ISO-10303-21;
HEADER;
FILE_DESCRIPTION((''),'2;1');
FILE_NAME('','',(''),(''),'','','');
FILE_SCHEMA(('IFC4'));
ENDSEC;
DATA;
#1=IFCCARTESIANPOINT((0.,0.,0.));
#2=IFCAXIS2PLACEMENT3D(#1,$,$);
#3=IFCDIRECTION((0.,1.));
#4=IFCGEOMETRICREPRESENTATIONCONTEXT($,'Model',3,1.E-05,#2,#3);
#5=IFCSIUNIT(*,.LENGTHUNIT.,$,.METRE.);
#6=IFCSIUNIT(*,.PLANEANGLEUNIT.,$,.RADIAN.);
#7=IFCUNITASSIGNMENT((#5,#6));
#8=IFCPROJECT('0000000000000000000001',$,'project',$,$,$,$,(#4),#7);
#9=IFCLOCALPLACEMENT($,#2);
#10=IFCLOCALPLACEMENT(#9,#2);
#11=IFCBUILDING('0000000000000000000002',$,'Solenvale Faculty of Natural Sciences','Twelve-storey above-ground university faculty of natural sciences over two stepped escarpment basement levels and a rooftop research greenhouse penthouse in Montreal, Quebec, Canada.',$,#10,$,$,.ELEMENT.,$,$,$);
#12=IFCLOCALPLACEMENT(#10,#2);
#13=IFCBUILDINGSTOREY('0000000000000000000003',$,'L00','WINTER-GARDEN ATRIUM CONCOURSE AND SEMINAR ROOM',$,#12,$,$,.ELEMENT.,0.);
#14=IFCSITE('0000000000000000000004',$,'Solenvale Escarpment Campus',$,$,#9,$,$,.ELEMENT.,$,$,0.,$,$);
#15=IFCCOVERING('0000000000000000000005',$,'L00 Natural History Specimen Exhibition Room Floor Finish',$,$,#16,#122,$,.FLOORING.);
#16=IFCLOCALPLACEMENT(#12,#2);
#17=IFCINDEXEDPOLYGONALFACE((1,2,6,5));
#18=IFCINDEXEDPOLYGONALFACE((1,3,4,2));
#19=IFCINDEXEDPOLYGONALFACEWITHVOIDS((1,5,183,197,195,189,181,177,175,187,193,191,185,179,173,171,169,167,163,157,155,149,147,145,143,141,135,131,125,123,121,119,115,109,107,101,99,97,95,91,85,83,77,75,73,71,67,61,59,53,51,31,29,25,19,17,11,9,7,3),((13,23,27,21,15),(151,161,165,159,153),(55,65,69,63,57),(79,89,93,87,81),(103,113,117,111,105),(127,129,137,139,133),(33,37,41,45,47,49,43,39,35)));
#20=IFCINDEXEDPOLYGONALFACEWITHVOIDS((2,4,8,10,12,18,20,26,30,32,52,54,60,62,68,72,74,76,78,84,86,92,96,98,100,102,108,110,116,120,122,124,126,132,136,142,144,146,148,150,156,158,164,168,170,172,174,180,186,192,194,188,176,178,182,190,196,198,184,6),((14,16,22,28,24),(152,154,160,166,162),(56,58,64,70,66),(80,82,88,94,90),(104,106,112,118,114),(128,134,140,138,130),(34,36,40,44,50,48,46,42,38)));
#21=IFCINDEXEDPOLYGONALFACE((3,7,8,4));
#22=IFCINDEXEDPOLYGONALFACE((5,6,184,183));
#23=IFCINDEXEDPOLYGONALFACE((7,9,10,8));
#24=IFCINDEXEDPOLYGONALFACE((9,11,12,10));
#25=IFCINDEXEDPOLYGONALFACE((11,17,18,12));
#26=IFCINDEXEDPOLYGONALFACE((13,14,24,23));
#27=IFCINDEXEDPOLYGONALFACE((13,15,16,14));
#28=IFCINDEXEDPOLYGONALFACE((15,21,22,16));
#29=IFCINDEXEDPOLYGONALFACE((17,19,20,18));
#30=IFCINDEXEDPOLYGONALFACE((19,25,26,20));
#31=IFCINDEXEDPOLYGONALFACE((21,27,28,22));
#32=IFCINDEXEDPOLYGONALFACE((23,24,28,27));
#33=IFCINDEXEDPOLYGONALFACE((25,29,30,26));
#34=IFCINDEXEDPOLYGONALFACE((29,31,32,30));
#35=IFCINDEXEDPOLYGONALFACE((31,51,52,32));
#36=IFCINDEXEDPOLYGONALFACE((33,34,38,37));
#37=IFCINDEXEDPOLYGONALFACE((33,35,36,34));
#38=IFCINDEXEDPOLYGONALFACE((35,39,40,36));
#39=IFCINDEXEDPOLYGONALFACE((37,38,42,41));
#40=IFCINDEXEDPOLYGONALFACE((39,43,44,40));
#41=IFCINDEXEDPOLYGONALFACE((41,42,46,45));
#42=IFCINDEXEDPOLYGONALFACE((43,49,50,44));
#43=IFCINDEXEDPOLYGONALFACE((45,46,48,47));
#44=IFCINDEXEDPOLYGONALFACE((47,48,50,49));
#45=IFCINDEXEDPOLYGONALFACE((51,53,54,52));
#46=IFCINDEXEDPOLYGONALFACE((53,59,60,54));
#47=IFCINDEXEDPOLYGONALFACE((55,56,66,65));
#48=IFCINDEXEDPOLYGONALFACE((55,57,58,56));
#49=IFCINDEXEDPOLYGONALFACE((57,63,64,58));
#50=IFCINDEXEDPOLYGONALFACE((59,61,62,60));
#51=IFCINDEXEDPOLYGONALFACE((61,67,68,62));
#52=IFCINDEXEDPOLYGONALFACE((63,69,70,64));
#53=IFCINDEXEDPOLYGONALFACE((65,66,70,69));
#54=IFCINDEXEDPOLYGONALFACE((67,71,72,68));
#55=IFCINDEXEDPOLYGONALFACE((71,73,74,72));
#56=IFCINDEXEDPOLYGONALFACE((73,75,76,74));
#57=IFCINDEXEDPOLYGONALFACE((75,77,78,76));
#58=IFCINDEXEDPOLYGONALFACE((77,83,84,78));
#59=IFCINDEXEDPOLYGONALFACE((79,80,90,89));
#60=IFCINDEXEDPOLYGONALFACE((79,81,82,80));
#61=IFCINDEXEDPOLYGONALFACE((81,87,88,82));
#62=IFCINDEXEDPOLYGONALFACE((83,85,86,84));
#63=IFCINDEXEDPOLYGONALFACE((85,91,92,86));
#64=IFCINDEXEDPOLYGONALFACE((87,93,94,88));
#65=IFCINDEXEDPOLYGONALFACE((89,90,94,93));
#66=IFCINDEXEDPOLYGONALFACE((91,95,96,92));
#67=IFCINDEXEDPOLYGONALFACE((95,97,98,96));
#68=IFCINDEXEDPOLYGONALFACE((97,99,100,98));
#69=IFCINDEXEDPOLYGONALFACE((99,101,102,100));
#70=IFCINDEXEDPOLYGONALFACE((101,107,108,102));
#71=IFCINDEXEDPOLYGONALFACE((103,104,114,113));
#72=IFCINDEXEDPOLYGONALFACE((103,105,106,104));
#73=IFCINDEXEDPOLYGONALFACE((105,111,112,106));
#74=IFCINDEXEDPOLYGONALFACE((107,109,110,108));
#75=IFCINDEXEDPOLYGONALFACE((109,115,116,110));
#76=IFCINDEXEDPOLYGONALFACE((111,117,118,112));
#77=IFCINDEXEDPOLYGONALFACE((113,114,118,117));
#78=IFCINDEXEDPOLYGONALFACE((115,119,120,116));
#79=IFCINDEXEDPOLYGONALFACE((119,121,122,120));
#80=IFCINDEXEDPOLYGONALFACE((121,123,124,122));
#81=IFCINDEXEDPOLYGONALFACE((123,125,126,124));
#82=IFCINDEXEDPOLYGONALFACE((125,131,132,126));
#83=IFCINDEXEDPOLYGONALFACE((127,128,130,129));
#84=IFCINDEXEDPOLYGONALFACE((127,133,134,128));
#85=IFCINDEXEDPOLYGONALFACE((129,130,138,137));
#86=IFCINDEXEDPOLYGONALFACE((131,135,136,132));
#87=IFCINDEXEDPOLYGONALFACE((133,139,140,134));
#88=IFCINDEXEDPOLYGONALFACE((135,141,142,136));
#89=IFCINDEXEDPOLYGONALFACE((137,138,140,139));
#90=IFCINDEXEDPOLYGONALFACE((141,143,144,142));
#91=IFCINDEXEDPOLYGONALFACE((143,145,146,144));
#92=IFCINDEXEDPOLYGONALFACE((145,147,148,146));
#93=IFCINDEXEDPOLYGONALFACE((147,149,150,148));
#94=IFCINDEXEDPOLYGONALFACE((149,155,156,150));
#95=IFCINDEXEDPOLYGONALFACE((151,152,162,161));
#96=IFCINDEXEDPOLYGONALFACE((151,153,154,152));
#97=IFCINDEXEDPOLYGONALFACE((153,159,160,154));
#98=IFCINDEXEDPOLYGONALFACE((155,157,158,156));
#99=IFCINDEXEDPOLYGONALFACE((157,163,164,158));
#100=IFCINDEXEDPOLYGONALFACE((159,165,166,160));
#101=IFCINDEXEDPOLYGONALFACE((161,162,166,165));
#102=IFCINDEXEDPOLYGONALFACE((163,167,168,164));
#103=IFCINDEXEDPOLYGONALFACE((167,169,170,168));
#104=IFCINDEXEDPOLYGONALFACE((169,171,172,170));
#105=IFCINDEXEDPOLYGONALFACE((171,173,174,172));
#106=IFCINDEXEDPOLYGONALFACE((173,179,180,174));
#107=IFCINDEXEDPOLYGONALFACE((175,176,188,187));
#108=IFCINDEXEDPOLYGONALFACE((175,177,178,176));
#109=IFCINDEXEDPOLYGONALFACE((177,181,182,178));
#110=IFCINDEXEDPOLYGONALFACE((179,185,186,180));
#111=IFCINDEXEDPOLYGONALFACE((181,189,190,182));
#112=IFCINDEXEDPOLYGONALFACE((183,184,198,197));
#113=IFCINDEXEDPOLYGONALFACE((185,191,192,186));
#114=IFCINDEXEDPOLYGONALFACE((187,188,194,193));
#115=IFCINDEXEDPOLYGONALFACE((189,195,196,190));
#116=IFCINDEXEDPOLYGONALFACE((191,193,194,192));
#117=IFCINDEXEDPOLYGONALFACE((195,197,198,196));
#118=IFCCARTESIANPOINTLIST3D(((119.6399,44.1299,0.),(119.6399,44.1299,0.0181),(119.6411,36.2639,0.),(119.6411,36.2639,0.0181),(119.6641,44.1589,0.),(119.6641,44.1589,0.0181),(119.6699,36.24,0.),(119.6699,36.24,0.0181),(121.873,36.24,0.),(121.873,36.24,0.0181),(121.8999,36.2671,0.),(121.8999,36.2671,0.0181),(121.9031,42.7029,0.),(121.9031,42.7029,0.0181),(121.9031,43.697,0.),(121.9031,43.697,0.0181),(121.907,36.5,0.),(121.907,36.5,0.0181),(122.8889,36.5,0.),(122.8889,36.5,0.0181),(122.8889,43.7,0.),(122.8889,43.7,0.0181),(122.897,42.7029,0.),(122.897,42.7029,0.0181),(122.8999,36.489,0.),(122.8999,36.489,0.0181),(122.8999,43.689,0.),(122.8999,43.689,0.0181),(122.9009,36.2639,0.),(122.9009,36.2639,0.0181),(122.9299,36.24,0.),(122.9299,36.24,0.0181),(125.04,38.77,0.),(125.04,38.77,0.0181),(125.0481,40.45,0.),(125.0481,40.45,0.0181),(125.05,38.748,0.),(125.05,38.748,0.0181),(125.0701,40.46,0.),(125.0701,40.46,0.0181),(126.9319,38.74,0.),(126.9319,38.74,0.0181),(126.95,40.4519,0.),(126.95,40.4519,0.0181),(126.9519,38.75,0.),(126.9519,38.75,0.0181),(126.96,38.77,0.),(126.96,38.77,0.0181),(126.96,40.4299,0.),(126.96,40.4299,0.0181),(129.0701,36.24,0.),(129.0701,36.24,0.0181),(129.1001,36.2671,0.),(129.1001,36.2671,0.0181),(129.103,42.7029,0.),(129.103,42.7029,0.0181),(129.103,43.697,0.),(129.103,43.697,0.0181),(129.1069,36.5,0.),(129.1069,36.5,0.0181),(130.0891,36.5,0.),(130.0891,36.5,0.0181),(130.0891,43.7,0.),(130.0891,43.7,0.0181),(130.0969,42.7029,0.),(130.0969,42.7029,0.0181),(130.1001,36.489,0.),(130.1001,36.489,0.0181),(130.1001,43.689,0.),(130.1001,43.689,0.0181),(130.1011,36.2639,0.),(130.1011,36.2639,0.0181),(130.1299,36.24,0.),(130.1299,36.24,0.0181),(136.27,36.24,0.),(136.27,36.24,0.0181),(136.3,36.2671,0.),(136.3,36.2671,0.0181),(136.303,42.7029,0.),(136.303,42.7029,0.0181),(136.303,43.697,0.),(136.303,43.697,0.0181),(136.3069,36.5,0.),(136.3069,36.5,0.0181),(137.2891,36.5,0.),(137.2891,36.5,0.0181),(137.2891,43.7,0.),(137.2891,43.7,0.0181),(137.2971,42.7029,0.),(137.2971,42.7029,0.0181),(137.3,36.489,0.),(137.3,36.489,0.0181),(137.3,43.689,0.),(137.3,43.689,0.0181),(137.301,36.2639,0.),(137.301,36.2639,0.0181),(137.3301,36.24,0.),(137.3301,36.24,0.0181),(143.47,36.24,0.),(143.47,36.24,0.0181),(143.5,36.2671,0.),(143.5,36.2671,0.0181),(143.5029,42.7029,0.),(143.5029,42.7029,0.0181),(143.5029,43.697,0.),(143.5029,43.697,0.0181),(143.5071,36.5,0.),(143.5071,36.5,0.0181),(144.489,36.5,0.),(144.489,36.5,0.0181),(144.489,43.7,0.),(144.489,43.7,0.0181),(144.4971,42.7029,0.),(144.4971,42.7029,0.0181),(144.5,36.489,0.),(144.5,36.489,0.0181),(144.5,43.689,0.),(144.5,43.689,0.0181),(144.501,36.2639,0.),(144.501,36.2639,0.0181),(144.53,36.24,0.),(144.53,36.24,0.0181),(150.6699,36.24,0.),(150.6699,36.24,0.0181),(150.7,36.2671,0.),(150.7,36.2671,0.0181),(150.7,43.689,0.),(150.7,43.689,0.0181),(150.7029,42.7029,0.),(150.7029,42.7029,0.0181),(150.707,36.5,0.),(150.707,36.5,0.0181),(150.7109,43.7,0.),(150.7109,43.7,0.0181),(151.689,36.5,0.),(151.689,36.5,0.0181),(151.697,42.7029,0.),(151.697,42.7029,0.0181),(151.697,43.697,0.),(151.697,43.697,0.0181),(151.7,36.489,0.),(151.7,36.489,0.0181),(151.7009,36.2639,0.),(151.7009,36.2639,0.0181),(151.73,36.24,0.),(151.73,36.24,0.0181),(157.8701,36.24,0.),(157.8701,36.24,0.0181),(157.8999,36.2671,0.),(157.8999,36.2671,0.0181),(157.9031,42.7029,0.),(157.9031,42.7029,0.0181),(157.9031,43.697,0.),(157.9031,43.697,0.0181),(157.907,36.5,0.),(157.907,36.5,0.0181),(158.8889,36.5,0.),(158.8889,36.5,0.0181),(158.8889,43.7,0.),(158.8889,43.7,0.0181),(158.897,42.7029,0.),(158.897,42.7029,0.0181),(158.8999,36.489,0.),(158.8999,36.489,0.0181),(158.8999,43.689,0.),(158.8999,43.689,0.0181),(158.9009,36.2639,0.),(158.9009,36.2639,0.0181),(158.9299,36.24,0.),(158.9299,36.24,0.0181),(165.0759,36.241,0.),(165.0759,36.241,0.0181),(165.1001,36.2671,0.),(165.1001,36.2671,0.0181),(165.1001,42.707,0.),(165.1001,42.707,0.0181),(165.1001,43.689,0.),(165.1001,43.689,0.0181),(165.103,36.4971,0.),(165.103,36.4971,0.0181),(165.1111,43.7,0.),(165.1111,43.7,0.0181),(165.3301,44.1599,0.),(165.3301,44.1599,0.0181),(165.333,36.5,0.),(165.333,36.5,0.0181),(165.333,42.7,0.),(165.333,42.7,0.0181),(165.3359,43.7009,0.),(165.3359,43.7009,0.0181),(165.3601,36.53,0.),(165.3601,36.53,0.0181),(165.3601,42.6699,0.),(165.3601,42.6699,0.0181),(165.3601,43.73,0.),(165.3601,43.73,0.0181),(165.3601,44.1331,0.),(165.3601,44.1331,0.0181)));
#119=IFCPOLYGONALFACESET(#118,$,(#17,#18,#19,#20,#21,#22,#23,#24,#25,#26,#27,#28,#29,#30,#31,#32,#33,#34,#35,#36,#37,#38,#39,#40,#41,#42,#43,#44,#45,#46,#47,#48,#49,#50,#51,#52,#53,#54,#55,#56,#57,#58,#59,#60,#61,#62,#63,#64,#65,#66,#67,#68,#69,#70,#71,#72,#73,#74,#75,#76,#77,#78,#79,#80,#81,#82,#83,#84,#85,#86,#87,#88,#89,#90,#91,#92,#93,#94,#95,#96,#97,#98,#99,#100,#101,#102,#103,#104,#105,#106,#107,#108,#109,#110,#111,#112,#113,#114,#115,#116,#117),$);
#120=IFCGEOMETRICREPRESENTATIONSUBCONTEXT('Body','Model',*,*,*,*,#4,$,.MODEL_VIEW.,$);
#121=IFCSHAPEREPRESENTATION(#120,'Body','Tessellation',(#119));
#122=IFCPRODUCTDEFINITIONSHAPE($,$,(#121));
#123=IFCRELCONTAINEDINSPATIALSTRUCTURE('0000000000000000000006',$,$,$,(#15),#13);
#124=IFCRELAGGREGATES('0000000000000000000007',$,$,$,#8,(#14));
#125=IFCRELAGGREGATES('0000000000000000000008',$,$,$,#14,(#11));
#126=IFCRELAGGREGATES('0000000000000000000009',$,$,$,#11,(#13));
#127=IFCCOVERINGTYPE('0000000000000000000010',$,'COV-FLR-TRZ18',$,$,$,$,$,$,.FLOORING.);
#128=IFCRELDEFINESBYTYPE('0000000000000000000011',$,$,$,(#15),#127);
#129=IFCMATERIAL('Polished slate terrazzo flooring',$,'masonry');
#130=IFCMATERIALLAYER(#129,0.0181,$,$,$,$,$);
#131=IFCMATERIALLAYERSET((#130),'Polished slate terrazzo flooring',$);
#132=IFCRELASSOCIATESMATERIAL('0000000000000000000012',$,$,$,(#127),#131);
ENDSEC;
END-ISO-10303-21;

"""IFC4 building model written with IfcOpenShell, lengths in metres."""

from ifc_helpers import new_model, si_unit, direction, origin, place, context, subcontext, project, spatial, polyline, outline, extrude, material, layer, layer_set, type_object, element, save


model = new_model("IFC4")

# Units and contexts
model_context = context("Model", 3, precision=1e-05, world=origin(), true_north=direction((0.0, 1.0)))
body_context = subcontext(model_context, "Body", "Model", "MODEL_VIEW")
ifc_project = project(units=[si_unit("LENGTHUNIT", "METRE"), si_unit("PLANEANGLEUNIT", "RADIAN")], contexts=[model_context])

# Site, building, storey
site_placement = place(None, origin())
site = spatial("IfcSite", under=ifc_project, at=site_placement, Name="Solenvale Escarpment Campus", CompositionType="ELEMENT", RefElevation=0.0)
building_placement = place(site_placement, origin())
building = spatial("IfcBuilding", under=site, at=building_placement, Name="Solenvale Faculty of Natural Sciences", Description="Twelve-storey above-ground university faculty of natural sciences over two stepped escarpment basement levels and a rooftop research greenhouse penthouse in Montreal, Quebec, Canada.", CompositionType="ELEMENT")
storey_placement = place(building_placement, origin())
storey = spatial("IfcBuildingStorey", under=building, at=storey_placement, Name="L00", Description="WINTER-GARDEN ATRIUM CONCOURSE AND SEMINAR ROOM", CompositionType="ELEMENT", Elevation=0.0)

# Covering
ifc_material_1 = material(Name="Polished slate terrazzo flooring", Category="masonry")
ifc_layer_1 = layer(ifc_material_1, 0.0181)
ifc_layer_set_1 = layer_set([ifc_layer_1], Name="Polished slate terrazzo flooring")
covering_type_1 = type_object("IfcCoveringType", Name="COV-FLR-TRZ18", PredefinedType="FLOORING", material=ifc_layer_set_1)
covering_1_placement = place(storey_placement, origin())
element("IfcCovering", 1, at=covering_1_placement, inside=storey, type_object=covering_type_1, Name="L00 Natural History Specimen Exhibition Room Floor Finish", PredefinedType="FLOORING", context=body_context, shape_type="SweptSolid", body=[
    extrude(outline(polyline([(165.3601, 43.73), (165.3359, 43.7009), (165.1111, 43.7), (165.1001, 43.689), (165.1001, 42.707), (165.333, 42.7), (165.3601, 42.6699), (165.3601, 36.53), (165.333, 36.5), (165.103, 36.4971), (165.1001, 36.2671), (165.0759, 36.241), (158.9299, 36.24), (158.9009, 36.2639), (158.8999, 36.489), (158.8889, 36.5), (157.907, 36.5), (157.8999, 36.2671), (157.8701, 36.24), (151.73, 36.24), (151.7009, 36.2639), (151.7, 36.489), (151.689, 36.5), (150.707, 36.5), (150.7, 36.2671), (150.6699, 36.24), (144.53, 36.24), (144.501, 36.2639), (144.5, 36.489), (144.489, 36.5), (143.5071, 36.5), (143.5, 36.2671), (143.47, 36.24), (137.3301, 36.24), (137.301, 36.2639), (137.3, 36.489), (137.2891, 36.5), (136.3069, 36.5), (136.3, 36.2671), (136.27, 36.24), (130.1299, 36.24), (130.1011, 36.2639), (130.1001, 36.489), (130.0891, 36.5), (129.1069, 36.5), (129.1001, 36.2671), (129.0701, 36.24), (122.9299, 36.24), (122.9009, 36.2639), (122.8999, 36.489), (122.8889, 36.5), (121.907, 36.5), (121.8999, 36.2671), (121.873, 36.24), (119.6699, 36.24), (119.6411, 36.2639), (119.6399, 44.1299), (119.6641, 44.1589), (165.3301, 44.1599), (165.3601, 44.1331), (165.3601, 43.73)]), holes=[polyline([(158.8999, 43.689), (158.8889, 43.7), (157.9031, 43.697), (157.9031, 42.7029), (158.897, 42.7029), (158.8999, 43.689)]), polyline([(150.7109, 43.7), (150.7, 43.689), (150.7029, 42.7029), (151.697, 42.7029), (151.697, 43.697), (150.7109, 43.7)]), polyline([(144.5, 43.689), (144.489, 43.7), (143.5029, 43.697), (143.5029, 42.7029), (144.4971, 42.7029), (144.5, 43.689)]), polyline([(137.3, 43.689), (137.2891, 43.7), (136.303, 43.697), (136.303, 42.7029), (137.2971, 42.7029), (137.3, 43.689)]), polyline([(130.1001, 43.689), (130.0891, 43.7), (129.103, 43.697), (129.103, 42.7029), (130.0969, 42.7029), (130.1001, 43.689)]), polyline([(126.9319, 38.74), (126.9519, 38.75), (126.96, 38.77), (126.96, 40.4299), (126.95, 40.4519), (125.0701, 40.46), (125.0481, 40.45), (125.04, 38.77), (125.05, 38.748), (126.9319, 38.74)]), polyline([(122.8999, 43.689), (122.8889, 43.7), (121.9031, 43.697), (121.9031, 42.7029), (122.897, 42.7029), (122.8999, 43.689)])]), origin(), (0.0, 0.0, 1.0), 0.0181),
])

save(model, "model.ifc")
